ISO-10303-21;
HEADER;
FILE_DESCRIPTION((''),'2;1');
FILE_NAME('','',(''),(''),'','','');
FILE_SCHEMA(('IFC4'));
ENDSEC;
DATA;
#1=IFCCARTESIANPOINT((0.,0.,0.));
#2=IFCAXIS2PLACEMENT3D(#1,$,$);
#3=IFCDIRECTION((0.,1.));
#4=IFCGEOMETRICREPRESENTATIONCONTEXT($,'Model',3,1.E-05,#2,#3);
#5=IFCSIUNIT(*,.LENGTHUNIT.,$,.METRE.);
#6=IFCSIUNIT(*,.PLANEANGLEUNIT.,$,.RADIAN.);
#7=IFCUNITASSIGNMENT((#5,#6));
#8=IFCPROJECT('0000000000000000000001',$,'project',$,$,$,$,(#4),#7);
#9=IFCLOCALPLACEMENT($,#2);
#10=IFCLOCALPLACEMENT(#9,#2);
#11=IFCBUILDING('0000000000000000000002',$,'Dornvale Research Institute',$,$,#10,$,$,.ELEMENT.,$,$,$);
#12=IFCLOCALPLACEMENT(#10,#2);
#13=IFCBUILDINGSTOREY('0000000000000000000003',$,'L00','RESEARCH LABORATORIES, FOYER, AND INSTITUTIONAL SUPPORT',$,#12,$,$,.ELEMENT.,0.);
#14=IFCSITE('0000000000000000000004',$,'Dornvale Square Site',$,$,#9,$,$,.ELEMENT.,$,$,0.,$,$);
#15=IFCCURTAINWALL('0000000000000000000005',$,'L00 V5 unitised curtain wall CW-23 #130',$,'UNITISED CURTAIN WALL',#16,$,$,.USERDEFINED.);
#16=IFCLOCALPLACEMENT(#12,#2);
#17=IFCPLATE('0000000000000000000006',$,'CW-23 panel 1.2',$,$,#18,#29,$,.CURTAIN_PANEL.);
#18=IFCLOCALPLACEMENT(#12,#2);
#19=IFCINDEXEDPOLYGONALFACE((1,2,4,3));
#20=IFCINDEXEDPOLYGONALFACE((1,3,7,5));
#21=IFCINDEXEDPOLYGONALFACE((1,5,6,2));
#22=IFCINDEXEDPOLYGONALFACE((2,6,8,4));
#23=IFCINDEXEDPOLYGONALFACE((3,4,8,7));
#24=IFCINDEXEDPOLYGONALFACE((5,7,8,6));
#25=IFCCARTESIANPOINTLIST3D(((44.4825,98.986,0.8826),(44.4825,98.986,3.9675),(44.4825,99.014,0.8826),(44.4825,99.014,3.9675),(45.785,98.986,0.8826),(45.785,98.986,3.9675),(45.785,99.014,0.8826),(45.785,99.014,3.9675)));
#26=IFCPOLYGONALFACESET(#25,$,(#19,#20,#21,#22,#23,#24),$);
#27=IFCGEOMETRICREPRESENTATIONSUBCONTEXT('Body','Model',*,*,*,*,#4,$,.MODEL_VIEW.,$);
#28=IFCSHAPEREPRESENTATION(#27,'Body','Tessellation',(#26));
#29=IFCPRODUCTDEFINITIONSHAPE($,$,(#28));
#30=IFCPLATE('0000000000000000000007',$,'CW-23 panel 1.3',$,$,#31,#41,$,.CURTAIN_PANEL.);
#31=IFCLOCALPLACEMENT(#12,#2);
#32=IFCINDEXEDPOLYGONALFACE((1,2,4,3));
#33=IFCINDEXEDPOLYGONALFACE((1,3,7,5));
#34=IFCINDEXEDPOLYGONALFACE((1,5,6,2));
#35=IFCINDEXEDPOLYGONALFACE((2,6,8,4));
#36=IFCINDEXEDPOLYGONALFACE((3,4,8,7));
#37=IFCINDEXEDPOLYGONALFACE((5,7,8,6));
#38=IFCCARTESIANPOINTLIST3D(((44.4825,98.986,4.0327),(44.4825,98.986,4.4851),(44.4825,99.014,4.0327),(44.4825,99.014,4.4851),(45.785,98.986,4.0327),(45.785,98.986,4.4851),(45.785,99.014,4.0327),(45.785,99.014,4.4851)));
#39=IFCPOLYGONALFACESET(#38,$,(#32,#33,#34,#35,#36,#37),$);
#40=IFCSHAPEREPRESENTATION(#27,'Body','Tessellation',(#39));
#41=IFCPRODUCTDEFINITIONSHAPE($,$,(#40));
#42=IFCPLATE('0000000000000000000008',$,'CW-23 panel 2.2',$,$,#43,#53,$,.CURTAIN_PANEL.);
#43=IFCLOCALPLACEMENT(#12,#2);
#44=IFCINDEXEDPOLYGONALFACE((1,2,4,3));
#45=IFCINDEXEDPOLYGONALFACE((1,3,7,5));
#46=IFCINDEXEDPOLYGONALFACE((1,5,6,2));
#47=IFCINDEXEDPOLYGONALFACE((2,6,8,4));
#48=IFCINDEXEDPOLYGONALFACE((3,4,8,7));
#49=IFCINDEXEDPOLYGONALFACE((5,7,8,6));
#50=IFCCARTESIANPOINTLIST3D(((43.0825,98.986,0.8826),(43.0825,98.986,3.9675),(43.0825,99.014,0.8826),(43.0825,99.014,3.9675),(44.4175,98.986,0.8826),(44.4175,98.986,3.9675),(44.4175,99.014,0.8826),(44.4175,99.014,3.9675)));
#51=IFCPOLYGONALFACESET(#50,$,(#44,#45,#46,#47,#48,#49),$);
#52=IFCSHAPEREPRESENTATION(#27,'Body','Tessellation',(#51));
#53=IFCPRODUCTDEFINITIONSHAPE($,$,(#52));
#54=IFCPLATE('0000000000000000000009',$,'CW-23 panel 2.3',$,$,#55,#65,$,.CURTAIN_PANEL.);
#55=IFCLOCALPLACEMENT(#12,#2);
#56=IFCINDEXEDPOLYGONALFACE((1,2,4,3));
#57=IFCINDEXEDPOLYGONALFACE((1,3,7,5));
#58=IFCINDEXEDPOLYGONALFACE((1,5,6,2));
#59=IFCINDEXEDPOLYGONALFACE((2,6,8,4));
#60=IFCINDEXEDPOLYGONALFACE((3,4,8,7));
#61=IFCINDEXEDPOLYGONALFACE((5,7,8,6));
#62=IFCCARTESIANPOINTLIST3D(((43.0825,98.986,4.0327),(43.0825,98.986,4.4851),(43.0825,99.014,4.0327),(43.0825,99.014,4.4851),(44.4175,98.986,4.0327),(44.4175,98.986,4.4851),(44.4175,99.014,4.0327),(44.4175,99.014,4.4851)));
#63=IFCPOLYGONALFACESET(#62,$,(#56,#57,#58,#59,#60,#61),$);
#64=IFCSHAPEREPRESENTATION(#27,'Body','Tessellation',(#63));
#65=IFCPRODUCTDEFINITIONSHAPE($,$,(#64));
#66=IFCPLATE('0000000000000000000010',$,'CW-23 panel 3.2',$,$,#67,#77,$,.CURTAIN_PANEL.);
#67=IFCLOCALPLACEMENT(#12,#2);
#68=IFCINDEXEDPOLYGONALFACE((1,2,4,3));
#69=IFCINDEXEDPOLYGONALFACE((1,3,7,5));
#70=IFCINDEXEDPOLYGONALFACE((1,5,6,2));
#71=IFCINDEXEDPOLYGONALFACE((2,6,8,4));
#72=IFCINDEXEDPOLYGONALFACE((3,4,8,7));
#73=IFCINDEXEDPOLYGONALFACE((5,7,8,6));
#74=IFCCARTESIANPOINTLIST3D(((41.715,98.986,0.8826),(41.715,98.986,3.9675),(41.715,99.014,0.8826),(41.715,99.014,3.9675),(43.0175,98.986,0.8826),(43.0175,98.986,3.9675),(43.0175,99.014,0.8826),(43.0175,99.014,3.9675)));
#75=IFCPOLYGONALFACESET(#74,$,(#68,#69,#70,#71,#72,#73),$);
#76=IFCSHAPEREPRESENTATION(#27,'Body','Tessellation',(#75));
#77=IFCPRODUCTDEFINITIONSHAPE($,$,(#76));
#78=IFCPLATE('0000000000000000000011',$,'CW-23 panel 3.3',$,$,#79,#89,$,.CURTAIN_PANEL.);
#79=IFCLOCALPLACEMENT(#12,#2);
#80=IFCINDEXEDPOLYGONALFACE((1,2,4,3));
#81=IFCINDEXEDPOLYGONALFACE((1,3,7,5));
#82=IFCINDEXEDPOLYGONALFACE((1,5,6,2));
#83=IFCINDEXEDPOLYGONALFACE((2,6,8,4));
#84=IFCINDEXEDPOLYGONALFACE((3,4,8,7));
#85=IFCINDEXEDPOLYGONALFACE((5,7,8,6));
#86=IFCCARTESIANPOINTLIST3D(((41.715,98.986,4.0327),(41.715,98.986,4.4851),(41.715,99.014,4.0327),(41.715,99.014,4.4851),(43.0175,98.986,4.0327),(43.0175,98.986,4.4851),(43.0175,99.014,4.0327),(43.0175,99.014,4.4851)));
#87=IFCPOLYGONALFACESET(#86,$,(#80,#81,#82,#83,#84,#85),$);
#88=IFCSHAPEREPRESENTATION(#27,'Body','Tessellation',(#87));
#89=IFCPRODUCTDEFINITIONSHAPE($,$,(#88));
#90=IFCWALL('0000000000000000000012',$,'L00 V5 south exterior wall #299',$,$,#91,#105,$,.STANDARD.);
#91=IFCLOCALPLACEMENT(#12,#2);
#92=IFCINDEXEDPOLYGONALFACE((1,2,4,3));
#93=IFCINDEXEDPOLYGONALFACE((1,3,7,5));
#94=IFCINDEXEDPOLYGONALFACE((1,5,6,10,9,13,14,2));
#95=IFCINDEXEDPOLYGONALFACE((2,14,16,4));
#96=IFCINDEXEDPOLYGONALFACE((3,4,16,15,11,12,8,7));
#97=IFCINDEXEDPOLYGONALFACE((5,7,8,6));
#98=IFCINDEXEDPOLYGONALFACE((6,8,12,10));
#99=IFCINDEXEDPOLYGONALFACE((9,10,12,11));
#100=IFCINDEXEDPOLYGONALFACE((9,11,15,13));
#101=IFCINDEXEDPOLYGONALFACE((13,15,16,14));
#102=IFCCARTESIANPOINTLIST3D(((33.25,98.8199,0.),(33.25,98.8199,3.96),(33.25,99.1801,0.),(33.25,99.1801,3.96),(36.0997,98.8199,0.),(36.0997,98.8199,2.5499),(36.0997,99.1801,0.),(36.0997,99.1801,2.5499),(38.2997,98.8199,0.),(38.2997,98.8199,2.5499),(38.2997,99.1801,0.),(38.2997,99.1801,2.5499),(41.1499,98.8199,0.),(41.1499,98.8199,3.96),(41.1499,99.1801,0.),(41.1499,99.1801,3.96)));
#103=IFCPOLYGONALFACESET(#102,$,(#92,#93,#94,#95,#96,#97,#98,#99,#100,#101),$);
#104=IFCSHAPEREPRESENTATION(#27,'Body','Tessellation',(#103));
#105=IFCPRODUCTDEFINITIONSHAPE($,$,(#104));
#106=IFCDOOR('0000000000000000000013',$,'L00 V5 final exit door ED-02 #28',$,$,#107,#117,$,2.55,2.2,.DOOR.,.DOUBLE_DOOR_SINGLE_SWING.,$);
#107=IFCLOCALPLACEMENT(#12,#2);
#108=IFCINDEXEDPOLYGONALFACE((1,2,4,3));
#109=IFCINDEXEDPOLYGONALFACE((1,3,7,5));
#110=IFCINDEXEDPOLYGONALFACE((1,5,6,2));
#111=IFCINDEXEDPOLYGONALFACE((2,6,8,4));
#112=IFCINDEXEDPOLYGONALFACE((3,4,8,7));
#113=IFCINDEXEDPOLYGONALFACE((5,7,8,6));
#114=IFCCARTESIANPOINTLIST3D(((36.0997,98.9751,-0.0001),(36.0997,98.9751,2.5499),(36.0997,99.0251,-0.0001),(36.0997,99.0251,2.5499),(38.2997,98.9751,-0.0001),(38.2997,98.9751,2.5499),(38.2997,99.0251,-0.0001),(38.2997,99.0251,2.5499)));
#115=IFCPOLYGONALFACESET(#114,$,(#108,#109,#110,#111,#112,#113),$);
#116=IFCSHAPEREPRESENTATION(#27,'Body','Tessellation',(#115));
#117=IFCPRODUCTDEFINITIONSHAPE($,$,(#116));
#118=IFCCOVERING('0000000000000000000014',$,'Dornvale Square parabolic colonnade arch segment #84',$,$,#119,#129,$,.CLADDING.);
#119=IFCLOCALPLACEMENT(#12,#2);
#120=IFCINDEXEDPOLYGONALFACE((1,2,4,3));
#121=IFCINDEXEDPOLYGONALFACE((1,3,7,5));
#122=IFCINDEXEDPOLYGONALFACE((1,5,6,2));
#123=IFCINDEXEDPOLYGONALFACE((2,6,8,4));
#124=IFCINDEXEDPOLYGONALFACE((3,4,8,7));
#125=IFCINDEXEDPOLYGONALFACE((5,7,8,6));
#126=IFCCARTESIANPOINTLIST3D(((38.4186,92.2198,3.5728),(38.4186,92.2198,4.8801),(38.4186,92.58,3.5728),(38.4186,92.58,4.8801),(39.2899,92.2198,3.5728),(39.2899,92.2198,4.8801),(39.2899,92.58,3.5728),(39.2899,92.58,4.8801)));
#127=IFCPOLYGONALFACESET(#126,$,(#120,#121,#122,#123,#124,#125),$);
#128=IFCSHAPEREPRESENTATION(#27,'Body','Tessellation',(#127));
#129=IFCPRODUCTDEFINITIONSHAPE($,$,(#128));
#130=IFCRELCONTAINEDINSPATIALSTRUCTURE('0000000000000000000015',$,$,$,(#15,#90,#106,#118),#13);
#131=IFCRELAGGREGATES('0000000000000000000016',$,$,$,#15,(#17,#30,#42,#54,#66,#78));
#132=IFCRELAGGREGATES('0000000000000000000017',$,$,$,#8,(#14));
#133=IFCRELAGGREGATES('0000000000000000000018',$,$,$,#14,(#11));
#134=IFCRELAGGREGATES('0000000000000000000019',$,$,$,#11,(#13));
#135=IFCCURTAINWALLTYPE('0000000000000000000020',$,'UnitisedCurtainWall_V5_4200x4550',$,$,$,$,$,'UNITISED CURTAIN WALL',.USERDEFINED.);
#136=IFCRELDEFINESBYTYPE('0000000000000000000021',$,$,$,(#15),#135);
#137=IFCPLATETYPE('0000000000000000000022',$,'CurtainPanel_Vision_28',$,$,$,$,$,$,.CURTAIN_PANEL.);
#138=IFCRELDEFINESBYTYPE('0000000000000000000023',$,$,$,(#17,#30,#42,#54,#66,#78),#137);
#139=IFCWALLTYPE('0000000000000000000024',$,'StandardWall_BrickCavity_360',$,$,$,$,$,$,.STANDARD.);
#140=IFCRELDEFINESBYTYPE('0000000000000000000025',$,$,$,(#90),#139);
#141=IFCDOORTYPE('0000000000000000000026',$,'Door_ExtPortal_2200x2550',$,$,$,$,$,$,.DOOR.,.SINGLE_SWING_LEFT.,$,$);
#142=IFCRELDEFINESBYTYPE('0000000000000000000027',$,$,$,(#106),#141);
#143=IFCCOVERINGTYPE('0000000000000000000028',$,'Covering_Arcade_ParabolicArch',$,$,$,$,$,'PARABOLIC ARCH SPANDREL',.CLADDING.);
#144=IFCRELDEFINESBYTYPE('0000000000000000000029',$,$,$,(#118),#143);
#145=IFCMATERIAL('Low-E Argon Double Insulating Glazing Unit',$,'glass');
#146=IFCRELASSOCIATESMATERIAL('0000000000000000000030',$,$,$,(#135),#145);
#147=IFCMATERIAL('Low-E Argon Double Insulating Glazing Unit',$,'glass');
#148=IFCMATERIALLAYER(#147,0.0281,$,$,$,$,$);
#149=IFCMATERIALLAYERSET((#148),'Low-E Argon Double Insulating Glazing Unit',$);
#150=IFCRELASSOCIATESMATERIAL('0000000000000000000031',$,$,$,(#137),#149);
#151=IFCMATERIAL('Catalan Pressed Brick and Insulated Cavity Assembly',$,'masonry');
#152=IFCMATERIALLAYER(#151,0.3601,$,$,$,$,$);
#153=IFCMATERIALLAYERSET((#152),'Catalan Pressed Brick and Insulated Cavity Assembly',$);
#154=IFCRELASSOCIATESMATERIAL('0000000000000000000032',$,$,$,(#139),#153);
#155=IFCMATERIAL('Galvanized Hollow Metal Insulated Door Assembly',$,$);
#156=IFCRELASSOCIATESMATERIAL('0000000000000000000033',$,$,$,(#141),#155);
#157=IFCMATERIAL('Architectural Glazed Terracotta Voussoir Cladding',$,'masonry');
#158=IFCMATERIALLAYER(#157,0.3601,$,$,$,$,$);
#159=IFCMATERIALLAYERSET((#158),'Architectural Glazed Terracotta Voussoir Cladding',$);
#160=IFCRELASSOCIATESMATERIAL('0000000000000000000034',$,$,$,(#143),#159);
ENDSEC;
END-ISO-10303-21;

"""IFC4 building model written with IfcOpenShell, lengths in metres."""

from ifc_helpers import new_model, si_unit, direction, frame, frame_2d, origin, origin_2d, place, context, subcontext, project, spatial, rectangle, extrude, material, layer, layer_set, type_object, element, fill, aggregate, save


model = new_model("IFC4")

# Units and contexts
model_context = context("Model", 3, precision=1e-05, world=origin(), true_north=direction((0.0, 1.0)))
body_context = subcontext(model_context, "Body", "Model", "MODEL_VIEW")
ifc_project = project(units=[si_unit("LENGTHUNIT", "METRE"), si_unit("PLANEANGLEUNIT", "RADIAN")], contexts=[model_context])

# Site, building, storey
site_placement = place(None, origin())
site = spatial("IfcSite", under=ifc_project, at=site_placement, Name="Dornvale Square Site", CompositionType="ELEMENT", RefElevation=0.0)
building_placement = place(site_placement, origin())
building = spatial("IfcBuilding", under=site, at=building_placement, Name="Dornvale Research Institute", CompositionType="ELEMENT")
storey_placement = place(building_placement, origin())
storey = spatial("IfcBuildingStorey", under=building, at=storey_placement, Name="L00", Description="RESEARCH LABORATORIES, FOYER, AND INSTITUTIONAL SUPPORT", CompositionType="ELEMENT", Elevation=0.0)

# Curtain wall, plates
ifc_material_1 = material(Name="Low-E Argon Double Insulating Glazing Unit", Category="glass")
curtain_wall_type = type_object("IfcCurtainWallType", Name="UnitisedCurtainWall_V5_4200x4550", ElementType="UNITISED CURTAIN WALL", PredefinedType="USERDEFINED", material=ifc_material_1)
curtain_wall_placement = place(storey_placement, origin())
curtain_wall = element("IfcCurtainWall", 1, at=curtain_wall_placement, inside=storey, type_object=curtain_wall_type, Name="L00 V5 unitised curtain wall CW-23 #130", ObjectType="UNITISED CURTAIN WALL", PredefinedType="USERDEFINED")
ifc_material_2 = material(Name="Low-E Argon Double Insulating Glazing Unit", Category="glass")
ifc_layer_1 = layer(ifc_material_2, 0.0281)
ifc_layer_set_1 = layer_set([ifc_layer_1], Name="Low-E Argon Double Insulating Glazing Unit")
plate_type_1 = type_object("IfcPlateType", Name="CurtainPanel_Vision_28", PredefinedType="CURTAIN_PANEL", material=ifc_layer_set_1)
plate_1_placement = place(storey_placement, frame((45.1338, 99.0, 0.8826), z_axis=(0.0, 0.0, 1.0), x_axis=(-1.0, 0.0, 0.0)))
plate_1 = element("IfcPlate", 2, at=plate_1_placement, type_object=plate_type_1, Name="CW-23 panel 1.2", PredefinedType="CURTAIN_PANEL", context=body_context, shape_type="SweptSolid", body=[
    extrude(rectangle(XDim=1.3025, YDim=0.0281, at=origin_2d()), origin(), (0.0, 0.0, 1.0), 3.085),
])
plate_2_placement = place(storey_placement, frame((45.1338, 99.0, 4.0327), z_axis=(0.0, 0.0, 1.0), x_axis=(-1.0, 0.0, 0.0)))
plate_2 = element("IfcPlate", 3, at=plate_2_placement, type_object=plate_type_1, Name="CW-23 panel 1.3", PredefinedType="CURTAIN_PANEL", context=body_context, shape_type="SweptSolid", body=[
    extrude(rectangle(XDim=1.3025, YDim=0.0281, at=origin_2d()), origin(), (0.0, 0.0, 1.0), 0.4524),
])
plate_3_placement = place(storey_placement, frame((43.75, 99.0, 0.8826), z_axis=(0.0, 0.0, 1.0), x_axis=(-1.0, 0.0, 0.0)))
plate_3 = element("IfcPlate", 4, at=plate_3_placement, type_object=plate_type_1, Name="CW-23 panel 2.2", PredefinedType="CURTAIN_PANEL", context=body_context, shape_type="SweptSolid", body=[
    extrude(rectangle(XDim=1.335, YDim=0.0281, at=origin_2d()), origin(), (0.0, 0.0, 1.0), 3.085),
])
plate_4_placement = place(storey_placement, frame((43.75, 99.0, 4.0327), z_axis=(0.0, 0.0, 1.0), x_axis=(-1.0, 0.0, 0.0)))
plate_4 = element("IfcPlate", 5, at=plate_4_placement, type_object=plate_type_1, Name="CW-23 panel 2.3", PredefinedType="CURTAIN_PANEL", context=body_context, shape_type="SweptSolid", body=[
    extrude(rectangle(XDim=1.335, YDim=0.0281, at=origin_2d()), origin(), (0.0, 0.0, 1.0), 0.4524),
])
plate_5_placement = place(storey_placement, frame((42.3662, 99.0, 0.8826), z_axis=(0.0, 0.0, 1.0), x_axis=(-1.0, 0.0, 0.0)))
plate_5 = element("IfcPlate", 6, at=plate_5_placement, type_object=plate_type_1, Name="CW-23 panel 3.2", PredefinedType="CURTAIN_PANEL", context=body_context, shape_type="SweptSolid", body=[
    extrude(rectangle(XDim=1.3025, YDim=0.0281, at=origin_2d()), origin(), (0.0, 0.0, 1.0), 3.085),
])
plate_6_placement = place(storey_placement, frame((42.3662, 99.0, 4.0327), z_axis=(0.0, 0.0, 1.0), x_axis=(-1.0, 0.0, 0.0)))
plate_6 = element("IfcPlate", 7, at=plate_6_placement, type_object=plate_type_1, Name="CW-23 panel 3.3", PredefinedType="CURTAIN_PANEL", context=body_context, shape_type="SweptSolid", body=[
    extrude(rectangle(XDim=1.3025, YDim=0.0281, at=origin_2d()), origin(), (0.0, 0.0, 1.0), 0.4524),
])
aggregate(curtain_wall, [plate_1, plate_2, plate_3, plate_4, plate_5, plate_6])

# Wall, opening, door
ifc_material_3 = material(Name="Catalan Pressed Brick and Insulated Cavity Assembly", Category="masonry")
ifc_layer_2 = layer(ifc_material_3, 0.3601)
ifc_layer_set_2 = layer_set([ifc_layer_2], Name="Catalan Pressed Brick and Insulated Cavity Assembly")
wall_type = type_object("IfcWallType", Name="StandardWall_BrickCavity_360", PredefinedType="STANDARD", material=ifc_layer_set_2)
wall_placement = place(storey_placement, frame((41.1499, 99.0, 0.0), z_axis=(0.0, 0.0, 1.0), x_axis=(-1.0, 0.0, 0.0)))
wall = element("IfcWall", 8, at=wall_placement, inside=storey, type_object=wall_type, Name="L00 V5 south exterior wall #299", PredefinedType="STANDARD", context=body_context, shape_type="SweptSolid", body=[
    extrude(rectangle(XDim=7.8999, YDim=0.3601, at=frame_2d((3.95, 0.0))), origin(), (0.0, 0.0, 1.0), 3.96),
])
opening_placement = place(wall_placement, frame((2.8501, 0.0, 0.0)))
opening = element("IfcOpeningElement", 9, at=opening_placement, cuts=wall, PredefinedType="OPENING", context=body_context, shape_type="SweptSolid", body=[
    extrude(rectangle(XDim=2.2, YDim=2.55, at=frame_2d((1.1001, 1.2749))), frame((0.0, 0.1951, 0.0), z_axis=(0.0, -1.0, 0.0), x_axis=(1.0, 0.0, 0.0)), (0.0, 0.0, 1.0), 0.3901),
])
ifc_material_4 = material(Name="Galvanized Hollow Metal Insulated Door Assembly")
door_type = type_object("IfcDoorType", Name="Door_ExtPortal_2200x2550", OperationType="SINGLE_SWING_LEFT", PredefinedType="DOOR", material=ifc_material_4)
door_placement = place(opening_placement, origin())
door = element("IfcDoor", 10, at=door_placement, inside=storey, type_object=door_type, Name="L00 V5 final exit door ED-02 #28", OperationType="DOUBLE_DOOR_SINGLE_SWING", OverallHeight=2.55, OverallWidth=2.2, PredefinedType="DOOR", context=body_context, shape_type="SweptSolid", body=[
    extrude(rectangle(XDim=2.2, YDim=2.55, at=frame_2d((1.1001, 1.2749))), frame((0.0, 0.0249, 0.0), z_axis=(0.0, -1.0, 0.0), x_axis=(1.0, 0.0, 0.0)), (0.0, 0.0, 1.0), 0.05),
])
fill(opening, door)

# Covering
ifc_material_5 = material(Name="Architectural Glazed Terracotta Voussoir Cladding", Category="masonry")
ifc_layer_3 = layer(ifc_material_5, 0.3601)
ifc_layer_set_3 = layer_set([ifc_layer_3], Name="Architectural Glazed Terracotta Voussoir Cladding")
covering_type = type_object("IfcCoveringType", Name="Covering_Arcade_ParabolicArch", ElementType="PARABOLIC ARCH SPANDREL", PredefinedType="CLADDING", material=ifc_layer_set_3)
covering_placement = place(storey_placement, frame((38.8542, 92.3999, 3.5728), z_axis=(0.0, 0.0, 1.0), x_axis=(1.0, 0.0, 0.0)))
element("IfcCovering", 11, at=covering_placement, inside=storey, type_object=covering_type, Name="Dornvale Square parabolic colonnade arch segment #84", PredefinedType="CLADDING", context=body_context, shape_type="SweptSolid", body=[
    extrude(rectangle(XDim=0.8713, YDim=0.3601, at=origin_2d()), origin(), (0.0, 0.0, 1.0), 1.3074),
])

save(model, "model.ifc")
